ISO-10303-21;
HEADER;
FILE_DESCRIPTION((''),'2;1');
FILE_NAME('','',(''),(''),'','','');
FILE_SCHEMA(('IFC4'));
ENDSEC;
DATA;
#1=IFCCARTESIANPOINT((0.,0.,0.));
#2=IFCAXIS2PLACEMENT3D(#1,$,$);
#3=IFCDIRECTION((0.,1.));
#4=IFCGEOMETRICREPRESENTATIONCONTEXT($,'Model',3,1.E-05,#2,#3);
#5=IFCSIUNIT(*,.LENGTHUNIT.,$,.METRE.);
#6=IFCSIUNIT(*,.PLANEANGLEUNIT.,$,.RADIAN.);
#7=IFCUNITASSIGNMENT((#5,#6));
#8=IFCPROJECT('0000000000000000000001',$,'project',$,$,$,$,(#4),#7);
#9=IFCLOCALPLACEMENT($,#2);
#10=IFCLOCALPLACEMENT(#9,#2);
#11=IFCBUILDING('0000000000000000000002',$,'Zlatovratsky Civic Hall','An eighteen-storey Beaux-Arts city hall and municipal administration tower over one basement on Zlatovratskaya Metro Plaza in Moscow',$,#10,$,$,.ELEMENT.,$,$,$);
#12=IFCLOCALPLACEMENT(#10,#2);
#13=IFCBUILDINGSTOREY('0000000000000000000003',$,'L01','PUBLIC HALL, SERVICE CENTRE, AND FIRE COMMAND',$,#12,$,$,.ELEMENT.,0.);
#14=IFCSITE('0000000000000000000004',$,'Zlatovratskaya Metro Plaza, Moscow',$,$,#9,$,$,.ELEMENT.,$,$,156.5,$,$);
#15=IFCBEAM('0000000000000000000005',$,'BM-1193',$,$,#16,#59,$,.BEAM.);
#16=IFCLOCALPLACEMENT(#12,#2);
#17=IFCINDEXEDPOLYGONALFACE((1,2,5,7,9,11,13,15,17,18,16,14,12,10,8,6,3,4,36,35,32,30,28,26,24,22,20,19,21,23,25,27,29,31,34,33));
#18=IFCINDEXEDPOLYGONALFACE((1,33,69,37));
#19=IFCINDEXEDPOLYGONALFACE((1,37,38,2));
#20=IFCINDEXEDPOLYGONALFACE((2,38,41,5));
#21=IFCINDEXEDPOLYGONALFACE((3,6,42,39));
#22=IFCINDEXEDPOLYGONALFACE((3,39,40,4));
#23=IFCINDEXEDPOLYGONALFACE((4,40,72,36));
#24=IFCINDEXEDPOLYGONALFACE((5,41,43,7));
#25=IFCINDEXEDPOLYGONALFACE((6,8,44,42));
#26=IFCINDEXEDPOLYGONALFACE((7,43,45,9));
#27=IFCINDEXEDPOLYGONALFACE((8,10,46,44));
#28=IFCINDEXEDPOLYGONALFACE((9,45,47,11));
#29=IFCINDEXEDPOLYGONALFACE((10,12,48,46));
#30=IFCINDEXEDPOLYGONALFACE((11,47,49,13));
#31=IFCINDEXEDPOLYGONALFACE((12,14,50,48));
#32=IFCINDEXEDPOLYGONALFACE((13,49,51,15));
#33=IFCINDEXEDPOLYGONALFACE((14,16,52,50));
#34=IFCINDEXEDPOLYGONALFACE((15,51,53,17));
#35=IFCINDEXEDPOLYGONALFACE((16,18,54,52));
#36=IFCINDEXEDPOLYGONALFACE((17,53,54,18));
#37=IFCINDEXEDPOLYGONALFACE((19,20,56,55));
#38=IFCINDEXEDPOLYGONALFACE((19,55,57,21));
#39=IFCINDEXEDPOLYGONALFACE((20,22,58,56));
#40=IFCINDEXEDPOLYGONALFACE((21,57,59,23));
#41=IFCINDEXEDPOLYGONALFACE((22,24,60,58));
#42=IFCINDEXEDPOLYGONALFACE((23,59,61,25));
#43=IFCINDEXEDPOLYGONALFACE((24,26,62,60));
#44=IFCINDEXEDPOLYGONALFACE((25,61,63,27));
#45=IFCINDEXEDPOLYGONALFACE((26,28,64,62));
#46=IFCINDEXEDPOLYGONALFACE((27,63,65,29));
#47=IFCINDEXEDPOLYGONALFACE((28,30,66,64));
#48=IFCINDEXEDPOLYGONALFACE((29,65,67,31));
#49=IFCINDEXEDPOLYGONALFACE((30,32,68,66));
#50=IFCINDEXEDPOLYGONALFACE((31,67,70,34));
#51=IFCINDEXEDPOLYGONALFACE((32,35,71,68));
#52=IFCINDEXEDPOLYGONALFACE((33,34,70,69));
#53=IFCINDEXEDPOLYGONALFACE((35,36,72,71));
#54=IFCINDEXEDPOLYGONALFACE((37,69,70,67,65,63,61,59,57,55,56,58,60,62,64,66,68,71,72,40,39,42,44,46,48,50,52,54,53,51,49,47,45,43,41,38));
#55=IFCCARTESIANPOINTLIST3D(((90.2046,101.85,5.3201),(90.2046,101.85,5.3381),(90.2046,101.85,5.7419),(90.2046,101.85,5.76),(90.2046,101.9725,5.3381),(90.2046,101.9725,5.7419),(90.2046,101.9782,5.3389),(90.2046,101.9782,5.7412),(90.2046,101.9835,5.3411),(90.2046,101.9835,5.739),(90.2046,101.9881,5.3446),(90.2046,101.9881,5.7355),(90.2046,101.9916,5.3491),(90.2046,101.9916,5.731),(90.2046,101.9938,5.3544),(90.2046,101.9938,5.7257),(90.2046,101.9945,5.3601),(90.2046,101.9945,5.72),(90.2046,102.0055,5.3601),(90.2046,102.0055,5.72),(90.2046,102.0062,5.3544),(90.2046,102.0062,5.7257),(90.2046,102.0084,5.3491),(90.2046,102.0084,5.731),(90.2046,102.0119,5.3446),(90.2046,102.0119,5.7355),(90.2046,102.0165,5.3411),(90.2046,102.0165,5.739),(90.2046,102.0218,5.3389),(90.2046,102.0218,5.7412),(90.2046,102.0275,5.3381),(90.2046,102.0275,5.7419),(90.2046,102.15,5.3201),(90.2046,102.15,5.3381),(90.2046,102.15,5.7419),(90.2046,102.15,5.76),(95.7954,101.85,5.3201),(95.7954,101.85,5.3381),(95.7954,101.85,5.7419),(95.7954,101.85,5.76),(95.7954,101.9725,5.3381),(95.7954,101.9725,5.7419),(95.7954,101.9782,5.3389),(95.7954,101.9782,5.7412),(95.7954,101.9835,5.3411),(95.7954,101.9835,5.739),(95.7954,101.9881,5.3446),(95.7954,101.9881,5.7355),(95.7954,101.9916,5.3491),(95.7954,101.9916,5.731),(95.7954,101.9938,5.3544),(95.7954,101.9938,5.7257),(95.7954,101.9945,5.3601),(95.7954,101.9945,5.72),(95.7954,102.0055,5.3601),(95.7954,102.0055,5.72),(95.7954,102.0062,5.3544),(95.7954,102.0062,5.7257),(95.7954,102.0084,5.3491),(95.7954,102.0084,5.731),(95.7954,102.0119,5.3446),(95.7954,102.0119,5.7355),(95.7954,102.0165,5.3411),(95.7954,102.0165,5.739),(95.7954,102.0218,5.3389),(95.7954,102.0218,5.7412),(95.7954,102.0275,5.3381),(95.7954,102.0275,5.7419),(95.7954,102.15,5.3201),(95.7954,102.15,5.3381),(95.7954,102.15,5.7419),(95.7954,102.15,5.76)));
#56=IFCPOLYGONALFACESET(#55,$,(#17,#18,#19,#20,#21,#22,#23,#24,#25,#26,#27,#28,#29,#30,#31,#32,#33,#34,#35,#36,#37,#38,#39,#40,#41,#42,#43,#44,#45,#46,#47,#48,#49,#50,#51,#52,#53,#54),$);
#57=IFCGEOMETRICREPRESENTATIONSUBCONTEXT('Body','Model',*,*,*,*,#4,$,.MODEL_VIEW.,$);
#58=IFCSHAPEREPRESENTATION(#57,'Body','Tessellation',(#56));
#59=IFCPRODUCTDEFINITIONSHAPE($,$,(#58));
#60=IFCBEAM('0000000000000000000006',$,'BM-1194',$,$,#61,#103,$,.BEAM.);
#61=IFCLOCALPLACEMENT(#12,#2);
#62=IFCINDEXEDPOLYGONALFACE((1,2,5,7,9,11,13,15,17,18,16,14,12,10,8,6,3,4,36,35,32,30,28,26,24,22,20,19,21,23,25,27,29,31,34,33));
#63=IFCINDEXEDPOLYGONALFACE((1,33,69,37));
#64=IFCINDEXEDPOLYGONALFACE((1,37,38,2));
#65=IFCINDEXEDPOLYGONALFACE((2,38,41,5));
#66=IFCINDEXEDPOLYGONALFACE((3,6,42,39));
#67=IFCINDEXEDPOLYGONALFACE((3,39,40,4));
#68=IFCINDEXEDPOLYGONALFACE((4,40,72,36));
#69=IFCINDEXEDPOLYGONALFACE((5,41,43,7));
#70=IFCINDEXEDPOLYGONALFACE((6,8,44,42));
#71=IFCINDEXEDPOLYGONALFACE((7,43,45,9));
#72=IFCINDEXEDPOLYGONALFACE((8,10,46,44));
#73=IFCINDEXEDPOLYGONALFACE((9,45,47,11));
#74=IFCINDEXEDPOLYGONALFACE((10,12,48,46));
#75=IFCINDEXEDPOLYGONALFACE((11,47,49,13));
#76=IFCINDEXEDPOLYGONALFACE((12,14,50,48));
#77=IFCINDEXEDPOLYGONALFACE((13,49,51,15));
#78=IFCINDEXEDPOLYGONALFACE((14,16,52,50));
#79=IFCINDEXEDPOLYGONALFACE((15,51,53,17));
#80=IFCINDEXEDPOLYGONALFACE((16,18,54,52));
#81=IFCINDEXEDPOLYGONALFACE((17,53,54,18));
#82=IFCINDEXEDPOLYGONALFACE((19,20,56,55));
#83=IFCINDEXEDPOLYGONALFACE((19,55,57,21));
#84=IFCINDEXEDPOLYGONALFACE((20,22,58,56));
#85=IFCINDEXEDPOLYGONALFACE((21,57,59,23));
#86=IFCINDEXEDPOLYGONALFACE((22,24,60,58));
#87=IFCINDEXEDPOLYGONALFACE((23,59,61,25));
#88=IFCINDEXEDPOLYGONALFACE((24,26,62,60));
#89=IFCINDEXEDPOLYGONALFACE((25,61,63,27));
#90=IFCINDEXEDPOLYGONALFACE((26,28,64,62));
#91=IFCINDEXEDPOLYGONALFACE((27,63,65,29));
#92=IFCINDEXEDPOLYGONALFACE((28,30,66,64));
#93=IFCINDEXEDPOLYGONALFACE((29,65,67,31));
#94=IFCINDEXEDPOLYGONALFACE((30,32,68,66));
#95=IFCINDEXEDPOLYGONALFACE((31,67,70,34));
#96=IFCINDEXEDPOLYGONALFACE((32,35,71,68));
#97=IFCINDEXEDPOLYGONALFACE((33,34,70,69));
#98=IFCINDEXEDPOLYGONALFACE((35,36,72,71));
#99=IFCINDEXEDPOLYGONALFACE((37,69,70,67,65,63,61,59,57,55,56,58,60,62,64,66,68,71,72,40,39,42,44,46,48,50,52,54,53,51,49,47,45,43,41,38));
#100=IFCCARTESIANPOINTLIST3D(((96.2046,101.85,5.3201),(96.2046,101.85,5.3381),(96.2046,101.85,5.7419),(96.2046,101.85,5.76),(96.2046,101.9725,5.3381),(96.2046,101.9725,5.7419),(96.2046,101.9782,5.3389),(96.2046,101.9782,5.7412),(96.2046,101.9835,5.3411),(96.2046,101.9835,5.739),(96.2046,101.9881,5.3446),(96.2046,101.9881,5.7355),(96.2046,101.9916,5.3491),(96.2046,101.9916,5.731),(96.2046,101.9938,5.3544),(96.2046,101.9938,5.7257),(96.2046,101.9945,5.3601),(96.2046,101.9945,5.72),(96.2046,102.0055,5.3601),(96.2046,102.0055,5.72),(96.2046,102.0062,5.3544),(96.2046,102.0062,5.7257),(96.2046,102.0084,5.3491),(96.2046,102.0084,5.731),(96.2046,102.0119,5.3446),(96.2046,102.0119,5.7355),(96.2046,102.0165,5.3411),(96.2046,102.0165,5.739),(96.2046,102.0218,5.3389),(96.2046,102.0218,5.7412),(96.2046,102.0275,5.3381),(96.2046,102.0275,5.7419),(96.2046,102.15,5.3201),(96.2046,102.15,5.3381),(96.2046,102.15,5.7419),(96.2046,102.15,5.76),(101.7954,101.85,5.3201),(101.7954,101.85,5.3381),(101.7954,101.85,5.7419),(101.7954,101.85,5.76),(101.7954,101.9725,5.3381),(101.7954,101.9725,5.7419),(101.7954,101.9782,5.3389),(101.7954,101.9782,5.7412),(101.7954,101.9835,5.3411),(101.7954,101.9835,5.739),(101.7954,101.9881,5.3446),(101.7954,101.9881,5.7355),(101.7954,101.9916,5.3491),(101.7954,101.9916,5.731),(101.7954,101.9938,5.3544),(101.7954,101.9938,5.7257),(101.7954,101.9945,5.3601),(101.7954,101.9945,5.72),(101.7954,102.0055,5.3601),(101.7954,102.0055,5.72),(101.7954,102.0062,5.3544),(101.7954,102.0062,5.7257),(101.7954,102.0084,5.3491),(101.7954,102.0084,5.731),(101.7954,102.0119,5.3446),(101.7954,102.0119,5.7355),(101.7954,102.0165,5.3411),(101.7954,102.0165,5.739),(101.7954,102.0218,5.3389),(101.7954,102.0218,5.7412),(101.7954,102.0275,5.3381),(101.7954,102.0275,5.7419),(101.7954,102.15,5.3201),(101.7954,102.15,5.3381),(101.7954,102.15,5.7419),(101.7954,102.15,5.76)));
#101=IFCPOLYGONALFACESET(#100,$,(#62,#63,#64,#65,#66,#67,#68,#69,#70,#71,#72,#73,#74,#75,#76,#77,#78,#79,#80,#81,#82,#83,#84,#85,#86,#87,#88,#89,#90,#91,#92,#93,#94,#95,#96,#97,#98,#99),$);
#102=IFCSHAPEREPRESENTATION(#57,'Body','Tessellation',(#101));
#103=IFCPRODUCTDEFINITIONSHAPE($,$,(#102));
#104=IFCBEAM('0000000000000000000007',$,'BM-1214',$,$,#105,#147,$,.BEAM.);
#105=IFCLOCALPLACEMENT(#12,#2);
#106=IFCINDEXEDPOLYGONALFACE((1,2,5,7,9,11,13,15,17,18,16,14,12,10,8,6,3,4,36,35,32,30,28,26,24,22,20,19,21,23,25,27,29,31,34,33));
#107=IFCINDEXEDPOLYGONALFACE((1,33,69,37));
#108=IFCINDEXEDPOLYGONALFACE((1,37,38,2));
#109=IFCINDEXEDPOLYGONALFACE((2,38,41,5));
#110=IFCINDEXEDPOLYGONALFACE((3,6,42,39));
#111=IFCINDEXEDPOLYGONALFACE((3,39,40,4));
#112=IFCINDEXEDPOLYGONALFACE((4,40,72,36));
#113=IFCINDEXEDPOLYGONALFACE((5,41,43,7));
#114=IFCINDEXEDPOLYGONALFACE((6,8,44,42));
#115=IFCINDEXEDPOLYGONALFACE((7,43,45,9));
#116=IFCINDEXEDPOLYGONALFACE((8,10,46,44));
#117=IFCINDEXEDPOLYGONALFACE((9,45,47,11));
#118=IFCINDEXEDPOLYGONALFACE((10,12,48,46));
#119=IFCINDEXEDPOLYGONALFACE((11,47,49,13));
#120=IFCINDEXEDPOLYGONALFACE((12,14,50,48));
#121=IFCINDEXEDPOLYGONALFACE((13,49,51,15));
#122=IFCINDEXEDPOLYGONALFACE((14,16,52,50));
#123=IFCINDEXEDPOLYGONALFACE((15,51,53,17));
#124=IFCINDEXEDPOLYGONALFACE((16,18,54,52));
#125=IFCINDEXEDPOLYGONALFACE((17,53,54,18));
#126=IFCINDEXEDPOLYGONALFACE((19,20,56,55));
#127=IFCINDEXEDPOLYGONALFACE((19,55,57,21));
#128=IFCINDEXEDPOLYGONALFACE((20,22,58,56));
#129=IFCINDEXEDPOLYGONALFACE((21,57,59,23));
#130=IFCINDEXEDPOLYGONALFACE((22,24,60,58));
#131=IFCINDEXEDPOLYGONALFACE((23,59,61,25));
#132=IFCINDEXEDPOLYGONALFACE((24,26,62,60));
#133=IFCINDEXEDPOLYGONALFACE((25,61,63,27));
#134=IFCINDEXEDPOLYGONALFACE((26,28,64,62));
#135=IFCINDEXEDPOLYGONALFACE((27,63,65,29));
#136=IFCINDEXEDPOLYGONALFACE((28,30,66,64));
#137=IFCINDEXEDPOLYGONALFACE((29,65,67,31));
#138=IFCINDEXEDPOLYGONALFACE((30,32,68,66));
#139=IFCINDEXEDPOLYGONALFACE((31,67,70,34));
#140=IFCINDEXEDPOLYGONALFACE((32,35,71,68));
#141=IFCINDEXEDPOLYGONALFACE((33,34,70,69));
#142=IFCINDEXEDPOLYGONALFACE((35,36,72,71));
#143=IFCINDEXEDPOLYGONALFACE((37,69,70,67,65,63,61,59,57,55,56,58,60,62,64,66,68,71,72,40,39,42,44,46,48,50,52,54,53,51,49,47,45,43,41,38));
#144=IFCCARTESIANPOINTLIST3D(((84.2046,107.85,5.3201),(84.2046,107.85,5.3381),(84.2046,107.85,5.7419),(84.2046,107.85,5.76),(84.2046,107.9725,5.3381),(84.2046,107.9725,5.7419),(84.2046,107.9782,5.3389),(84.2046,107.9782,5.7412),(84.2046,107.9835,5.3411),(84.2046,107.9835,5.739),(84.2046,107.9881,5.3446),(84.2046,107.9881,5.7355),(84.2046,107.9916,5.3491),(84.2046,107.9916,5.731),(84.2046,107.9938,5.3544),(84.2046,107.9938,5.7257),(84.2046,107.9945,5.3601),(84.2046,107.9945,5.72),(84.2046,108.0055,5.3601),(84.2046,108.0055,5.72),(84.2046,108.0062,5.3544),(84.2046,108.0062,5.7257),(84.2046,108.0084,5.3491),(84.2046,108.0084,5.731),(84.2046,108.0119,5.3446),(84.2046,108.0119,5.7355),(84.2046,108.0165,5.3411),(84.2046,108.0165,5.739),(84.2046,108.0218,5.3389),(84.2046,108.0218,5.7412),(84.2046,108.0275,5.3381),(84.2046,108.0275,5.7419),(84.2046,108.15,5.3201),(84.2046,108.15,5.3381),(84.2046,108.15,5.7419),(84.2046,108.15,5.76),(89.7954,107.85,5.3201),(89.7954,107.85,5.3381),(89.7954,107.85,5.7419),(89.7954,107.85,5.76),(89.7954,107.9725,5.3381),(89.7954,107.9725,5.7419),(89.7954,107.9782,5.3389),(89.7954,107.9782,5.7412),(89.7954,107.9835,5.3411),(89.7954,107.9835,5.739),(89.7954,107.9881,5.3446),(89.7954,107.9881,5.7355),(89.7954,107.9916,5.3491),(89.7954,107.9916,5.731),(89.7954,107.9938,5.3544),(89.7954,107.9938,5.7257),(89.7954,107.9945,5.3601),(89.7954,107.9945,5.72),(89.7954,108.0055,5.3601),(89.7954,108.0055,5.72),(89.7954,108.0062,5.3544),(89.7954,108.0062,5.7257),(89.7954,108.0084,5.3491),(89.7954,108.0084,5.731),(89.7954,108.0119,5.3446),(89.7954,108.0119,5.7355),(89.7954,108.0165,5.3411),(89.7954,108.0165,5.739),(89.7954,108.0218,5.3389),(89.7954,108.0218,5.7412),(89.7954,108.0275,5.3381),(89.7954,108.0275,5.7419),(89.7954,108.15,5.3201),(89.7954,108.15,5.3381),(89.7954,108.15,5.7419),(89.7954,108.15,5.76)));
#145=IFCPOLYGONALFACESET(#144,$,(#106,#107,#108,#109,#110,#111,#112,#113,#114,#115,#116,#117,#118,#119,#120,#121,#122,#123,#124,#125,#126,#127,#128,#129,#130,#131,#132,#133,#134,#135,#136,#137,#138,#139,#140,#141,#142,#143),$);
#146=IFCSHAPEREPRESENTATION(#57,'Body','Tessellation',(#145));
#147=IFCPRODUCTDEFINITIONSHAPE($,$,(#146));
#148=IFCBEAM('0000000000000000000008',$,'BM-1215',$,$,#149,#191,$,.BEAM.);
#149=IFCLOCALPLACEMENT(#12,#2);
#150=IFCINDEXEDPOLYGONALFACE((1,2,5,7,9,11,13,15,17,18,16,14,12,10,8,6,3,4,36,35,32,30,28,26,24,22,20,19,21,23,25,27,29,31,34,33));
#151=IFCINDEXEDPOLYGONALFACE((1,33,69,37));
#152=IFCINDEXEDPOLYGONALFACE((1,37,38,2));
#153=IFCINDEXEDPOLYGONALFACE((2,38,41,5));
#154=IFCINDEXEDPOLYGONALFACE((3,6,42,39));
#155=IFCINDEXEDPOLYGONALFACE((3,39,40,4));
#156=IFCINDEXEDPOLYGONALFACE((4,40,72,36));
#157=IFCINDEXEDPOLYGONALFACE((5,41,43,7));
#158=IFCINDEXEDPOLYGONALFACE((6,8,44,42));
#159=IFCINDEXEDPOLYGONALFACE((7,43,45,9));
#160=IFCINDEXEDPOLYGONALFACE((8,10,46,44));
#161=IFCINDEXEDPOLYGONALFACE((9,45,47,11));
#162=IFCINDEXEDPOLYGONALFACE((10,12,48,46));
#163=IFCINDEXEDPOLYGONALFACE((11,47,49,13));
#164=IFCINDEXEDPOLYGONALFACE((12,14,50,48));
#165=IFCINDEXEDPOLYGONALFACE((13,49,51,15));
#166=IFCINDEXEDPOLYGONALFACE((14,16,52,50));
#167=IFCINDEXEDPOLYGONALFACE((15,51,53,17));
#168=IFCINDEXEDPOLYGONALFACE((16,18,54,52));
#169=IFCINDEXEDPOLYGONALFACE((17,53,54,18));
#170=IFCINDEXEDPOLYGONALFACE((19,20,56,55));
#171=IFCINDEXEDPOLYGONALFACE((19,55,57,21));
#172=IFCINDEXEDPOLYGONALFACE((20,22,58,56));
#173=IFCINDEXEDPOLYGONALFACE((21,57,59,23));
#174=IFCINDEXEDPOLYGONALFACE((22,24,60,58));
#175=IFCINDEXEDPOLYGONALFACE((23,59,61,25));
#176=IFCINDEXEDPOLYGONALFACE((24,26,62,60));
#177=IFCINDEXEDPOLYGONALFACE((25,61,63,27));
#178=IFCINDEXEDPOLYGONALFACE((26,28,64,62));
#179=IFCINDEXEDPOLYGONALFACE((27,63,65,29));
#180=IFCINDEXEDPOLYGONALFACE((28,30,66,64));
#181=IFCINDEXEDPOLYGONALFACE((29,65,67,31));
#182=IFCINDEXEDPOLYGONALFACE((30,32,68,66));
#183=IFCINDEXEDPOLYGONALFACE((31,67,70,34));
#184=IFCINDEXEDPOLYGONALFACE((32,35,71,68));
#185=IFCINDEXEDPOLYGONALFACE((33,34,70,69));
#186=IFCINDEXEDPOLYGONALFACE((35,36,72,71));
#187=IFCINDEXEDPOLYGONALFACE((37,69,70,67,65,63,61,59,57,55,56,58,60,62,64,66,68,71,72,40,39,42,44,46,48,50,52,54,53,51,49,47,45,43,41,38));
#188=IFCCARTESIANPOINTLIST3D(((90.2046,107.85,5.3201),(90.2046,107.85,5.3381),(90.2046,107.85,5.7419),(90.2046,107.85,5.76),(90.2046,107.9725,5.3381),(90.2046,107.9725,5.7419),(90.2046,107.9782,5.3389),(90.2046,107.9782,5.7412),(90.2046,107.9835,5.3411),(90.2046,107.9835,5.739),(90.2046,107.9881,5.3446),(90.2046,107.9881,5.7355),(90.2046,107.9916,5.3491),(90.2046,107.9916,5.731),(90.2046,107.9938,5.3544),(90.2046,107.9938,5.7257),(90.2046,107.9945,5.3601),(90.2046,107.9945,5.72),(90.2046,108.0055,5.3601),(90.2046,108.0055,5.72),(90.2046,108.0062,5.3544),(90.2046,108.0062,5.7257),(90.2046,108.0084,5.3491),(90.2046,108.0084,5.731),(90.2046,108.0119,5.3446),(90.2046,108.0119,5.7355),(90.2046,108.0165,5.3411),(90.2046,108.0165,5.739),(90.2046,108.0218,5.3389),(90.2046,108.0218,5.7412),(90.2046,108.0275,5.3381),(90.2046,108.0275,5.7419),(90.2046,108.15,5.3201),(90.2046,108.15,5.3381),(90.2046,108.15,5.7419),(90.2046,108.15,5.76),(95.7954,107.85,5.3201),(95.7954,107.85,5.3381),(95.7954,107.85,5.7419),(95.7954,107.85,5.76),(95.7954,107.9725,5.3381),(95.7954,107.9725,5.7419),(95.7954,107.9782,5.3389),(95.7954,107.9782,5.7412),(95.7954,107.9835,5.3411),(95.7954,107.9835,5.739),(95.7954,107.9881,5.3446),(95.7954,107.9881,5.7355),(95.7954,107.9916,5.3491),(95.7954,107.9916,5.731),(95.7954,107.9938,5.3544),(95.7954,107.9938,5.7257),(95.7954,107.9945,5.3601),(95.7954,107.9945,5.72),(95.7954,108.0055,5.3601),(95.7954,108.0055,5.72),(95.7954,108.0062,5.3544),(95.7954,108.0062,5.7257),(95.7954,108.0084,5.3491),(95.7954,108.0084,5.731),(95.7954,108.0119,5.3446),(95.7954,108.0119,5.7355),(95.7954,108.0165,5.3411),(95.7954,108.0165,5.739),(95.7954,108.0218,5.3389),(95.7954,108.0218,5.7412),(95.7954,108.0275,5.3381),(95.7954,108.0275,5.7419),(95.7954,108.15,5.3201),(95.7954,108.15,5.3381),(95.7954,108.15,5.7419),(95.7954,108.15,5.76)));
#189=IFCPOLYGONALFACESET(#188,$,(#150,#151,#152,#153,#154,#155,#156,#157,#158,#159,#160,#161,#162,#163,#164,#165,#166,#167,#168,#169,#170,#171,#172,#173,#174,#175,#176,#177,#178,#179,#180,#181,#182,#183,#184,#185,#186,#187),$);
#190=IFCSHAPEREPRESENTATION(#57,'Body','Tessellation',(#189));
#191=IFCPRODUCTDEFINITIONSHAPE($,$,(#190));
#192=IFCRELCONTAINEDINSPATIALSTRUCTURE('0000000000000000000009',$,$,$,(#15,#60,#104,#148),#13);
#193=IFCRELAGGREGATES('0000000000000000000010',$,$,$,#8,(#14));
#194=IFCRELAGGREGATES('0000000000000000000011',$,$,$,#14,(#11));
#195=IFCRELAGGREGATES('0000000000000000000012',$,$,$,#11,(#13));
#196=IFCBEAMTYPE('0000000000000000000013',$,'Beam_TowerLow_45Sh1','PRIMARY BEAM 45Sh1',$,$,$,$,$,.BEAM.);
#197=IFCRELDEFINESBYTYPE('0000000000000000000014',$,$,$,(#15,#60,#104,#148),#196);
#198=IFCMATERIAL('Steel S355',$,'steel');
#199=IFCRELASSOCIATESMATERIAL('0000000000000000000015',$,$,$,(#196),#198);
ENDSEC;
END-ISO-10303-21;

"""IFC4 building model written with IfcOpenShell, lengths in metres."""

from ifc_helpers import new_model, si_unit, direction, frame, origin, origin_2d, place, context, subcontext, project, spatial, i_section, extrude, material, material_profile, profile_set, type_object, element, save


model = new_model("IFC4")

# Units and contexts
model_context = context("Model", 3, precision=1e-05, world=origin(), true_north=direction((0.0, 1.0)))
body_context = subcontext(model_context, "Body", "Model", "MODEL_VIEW")
ifc_project = project(units=[si_unit("LENGTHUNIT", "METRE"), si_unit("PLANEANGLEUNIT", "RADIAN")], contexts=[model_context])

# Site, building, storey
site_placement = place(None, origin())
site = spatial("IfcSite", under=ifc_project, at=site_placement, Name="Zlatovratskaya Metro Plaza, Moscow", CompositionType="ELEMENT", RefElevation=156.5)
building_placement = place(site_placement, origin())
building = spatial("IfcBuilding", under=site, at=building_placement, Name="Zlatovratsky Civic Hall", Description="An eighteen-storey Beaux-Arts city hall and municipal administration tower over one basement on Zlatovratskaya Metro Plaza in Moscow", CompositionType="ELEMENT")
storey_placement = place(building_placement, origin())
storey = spatial("IfcBuildingStorey", under=building, at=storey_placement, Name="L01", Description="PUBLIC HALL, SERVICE CENTRE, AND FIRE COMMAND", CompositionType="ELEMENT", Elevation=0.0)

# Shared definitions
ifc_material_1 = material(Name="Steel S355", Category="steel")

# Beams
ifc_material_profile_1 = material_profile(ifc_material_1, i_section(OverallWidth=0.3, OverallDepth=0.4399, WebThickness=0.011, FlangeThickness=0.0181, FilletRadius=0.022, at=origin_2d()), Name="45Sh1")
ifc_profile_set_1 = profile_set([ifc_material_profile_1], Name="Steel S355")
beam_type_1 = type_object("IfcBeamType", Name="Beam_TowerLow_45Sh1", Description="PRIMARY BEAM 45Sh1", PredefinedType="BEAM", material=ifc_profile_set_1)
for number, where, z_axis, x_axis, name in (
    (1, (90.2046, 102.0, 5.54), (1.0, 0.0, 0.0), (0.0, 1.0, 0.0), "BM-1193"),
    (2, (96.2046, 102.0, 5.54), (1.0, 0.0, 0.0), (0.0, 1.0, 0.0), "BM-1194"),
    (3, (84.2046, 108.0, 5.54), (1.0, 0.0, 0.0), (0.0, 1.0, 0.0), "BM-1214"),
    (4, (90.2046, 108.0, 5.54), (1.0, 0.0, 0.0), (0.0, 1.0, 0.0), "BM-1215"),
):
    element("IfcBeam", number, at=place(storey_placement, frame(where, z_axis=z_axis, x_axis=x_axis)), inside=storey, type_object=beam_type_1, Name=name, PredefinedType="BEAM", context=body_context, shape_type="SweptSolid", body=[
        extrude(i_section(OverallWidth=0.3, OverallDepth=0.4399, WebThickness=0.011, FlangeThickness=0.0181, FilletRadius=0.022, at=origin_2d()), origin(), (0.0, 0.0, 1.0), 5.5908),
    ])

save(model, "model.ifc")
